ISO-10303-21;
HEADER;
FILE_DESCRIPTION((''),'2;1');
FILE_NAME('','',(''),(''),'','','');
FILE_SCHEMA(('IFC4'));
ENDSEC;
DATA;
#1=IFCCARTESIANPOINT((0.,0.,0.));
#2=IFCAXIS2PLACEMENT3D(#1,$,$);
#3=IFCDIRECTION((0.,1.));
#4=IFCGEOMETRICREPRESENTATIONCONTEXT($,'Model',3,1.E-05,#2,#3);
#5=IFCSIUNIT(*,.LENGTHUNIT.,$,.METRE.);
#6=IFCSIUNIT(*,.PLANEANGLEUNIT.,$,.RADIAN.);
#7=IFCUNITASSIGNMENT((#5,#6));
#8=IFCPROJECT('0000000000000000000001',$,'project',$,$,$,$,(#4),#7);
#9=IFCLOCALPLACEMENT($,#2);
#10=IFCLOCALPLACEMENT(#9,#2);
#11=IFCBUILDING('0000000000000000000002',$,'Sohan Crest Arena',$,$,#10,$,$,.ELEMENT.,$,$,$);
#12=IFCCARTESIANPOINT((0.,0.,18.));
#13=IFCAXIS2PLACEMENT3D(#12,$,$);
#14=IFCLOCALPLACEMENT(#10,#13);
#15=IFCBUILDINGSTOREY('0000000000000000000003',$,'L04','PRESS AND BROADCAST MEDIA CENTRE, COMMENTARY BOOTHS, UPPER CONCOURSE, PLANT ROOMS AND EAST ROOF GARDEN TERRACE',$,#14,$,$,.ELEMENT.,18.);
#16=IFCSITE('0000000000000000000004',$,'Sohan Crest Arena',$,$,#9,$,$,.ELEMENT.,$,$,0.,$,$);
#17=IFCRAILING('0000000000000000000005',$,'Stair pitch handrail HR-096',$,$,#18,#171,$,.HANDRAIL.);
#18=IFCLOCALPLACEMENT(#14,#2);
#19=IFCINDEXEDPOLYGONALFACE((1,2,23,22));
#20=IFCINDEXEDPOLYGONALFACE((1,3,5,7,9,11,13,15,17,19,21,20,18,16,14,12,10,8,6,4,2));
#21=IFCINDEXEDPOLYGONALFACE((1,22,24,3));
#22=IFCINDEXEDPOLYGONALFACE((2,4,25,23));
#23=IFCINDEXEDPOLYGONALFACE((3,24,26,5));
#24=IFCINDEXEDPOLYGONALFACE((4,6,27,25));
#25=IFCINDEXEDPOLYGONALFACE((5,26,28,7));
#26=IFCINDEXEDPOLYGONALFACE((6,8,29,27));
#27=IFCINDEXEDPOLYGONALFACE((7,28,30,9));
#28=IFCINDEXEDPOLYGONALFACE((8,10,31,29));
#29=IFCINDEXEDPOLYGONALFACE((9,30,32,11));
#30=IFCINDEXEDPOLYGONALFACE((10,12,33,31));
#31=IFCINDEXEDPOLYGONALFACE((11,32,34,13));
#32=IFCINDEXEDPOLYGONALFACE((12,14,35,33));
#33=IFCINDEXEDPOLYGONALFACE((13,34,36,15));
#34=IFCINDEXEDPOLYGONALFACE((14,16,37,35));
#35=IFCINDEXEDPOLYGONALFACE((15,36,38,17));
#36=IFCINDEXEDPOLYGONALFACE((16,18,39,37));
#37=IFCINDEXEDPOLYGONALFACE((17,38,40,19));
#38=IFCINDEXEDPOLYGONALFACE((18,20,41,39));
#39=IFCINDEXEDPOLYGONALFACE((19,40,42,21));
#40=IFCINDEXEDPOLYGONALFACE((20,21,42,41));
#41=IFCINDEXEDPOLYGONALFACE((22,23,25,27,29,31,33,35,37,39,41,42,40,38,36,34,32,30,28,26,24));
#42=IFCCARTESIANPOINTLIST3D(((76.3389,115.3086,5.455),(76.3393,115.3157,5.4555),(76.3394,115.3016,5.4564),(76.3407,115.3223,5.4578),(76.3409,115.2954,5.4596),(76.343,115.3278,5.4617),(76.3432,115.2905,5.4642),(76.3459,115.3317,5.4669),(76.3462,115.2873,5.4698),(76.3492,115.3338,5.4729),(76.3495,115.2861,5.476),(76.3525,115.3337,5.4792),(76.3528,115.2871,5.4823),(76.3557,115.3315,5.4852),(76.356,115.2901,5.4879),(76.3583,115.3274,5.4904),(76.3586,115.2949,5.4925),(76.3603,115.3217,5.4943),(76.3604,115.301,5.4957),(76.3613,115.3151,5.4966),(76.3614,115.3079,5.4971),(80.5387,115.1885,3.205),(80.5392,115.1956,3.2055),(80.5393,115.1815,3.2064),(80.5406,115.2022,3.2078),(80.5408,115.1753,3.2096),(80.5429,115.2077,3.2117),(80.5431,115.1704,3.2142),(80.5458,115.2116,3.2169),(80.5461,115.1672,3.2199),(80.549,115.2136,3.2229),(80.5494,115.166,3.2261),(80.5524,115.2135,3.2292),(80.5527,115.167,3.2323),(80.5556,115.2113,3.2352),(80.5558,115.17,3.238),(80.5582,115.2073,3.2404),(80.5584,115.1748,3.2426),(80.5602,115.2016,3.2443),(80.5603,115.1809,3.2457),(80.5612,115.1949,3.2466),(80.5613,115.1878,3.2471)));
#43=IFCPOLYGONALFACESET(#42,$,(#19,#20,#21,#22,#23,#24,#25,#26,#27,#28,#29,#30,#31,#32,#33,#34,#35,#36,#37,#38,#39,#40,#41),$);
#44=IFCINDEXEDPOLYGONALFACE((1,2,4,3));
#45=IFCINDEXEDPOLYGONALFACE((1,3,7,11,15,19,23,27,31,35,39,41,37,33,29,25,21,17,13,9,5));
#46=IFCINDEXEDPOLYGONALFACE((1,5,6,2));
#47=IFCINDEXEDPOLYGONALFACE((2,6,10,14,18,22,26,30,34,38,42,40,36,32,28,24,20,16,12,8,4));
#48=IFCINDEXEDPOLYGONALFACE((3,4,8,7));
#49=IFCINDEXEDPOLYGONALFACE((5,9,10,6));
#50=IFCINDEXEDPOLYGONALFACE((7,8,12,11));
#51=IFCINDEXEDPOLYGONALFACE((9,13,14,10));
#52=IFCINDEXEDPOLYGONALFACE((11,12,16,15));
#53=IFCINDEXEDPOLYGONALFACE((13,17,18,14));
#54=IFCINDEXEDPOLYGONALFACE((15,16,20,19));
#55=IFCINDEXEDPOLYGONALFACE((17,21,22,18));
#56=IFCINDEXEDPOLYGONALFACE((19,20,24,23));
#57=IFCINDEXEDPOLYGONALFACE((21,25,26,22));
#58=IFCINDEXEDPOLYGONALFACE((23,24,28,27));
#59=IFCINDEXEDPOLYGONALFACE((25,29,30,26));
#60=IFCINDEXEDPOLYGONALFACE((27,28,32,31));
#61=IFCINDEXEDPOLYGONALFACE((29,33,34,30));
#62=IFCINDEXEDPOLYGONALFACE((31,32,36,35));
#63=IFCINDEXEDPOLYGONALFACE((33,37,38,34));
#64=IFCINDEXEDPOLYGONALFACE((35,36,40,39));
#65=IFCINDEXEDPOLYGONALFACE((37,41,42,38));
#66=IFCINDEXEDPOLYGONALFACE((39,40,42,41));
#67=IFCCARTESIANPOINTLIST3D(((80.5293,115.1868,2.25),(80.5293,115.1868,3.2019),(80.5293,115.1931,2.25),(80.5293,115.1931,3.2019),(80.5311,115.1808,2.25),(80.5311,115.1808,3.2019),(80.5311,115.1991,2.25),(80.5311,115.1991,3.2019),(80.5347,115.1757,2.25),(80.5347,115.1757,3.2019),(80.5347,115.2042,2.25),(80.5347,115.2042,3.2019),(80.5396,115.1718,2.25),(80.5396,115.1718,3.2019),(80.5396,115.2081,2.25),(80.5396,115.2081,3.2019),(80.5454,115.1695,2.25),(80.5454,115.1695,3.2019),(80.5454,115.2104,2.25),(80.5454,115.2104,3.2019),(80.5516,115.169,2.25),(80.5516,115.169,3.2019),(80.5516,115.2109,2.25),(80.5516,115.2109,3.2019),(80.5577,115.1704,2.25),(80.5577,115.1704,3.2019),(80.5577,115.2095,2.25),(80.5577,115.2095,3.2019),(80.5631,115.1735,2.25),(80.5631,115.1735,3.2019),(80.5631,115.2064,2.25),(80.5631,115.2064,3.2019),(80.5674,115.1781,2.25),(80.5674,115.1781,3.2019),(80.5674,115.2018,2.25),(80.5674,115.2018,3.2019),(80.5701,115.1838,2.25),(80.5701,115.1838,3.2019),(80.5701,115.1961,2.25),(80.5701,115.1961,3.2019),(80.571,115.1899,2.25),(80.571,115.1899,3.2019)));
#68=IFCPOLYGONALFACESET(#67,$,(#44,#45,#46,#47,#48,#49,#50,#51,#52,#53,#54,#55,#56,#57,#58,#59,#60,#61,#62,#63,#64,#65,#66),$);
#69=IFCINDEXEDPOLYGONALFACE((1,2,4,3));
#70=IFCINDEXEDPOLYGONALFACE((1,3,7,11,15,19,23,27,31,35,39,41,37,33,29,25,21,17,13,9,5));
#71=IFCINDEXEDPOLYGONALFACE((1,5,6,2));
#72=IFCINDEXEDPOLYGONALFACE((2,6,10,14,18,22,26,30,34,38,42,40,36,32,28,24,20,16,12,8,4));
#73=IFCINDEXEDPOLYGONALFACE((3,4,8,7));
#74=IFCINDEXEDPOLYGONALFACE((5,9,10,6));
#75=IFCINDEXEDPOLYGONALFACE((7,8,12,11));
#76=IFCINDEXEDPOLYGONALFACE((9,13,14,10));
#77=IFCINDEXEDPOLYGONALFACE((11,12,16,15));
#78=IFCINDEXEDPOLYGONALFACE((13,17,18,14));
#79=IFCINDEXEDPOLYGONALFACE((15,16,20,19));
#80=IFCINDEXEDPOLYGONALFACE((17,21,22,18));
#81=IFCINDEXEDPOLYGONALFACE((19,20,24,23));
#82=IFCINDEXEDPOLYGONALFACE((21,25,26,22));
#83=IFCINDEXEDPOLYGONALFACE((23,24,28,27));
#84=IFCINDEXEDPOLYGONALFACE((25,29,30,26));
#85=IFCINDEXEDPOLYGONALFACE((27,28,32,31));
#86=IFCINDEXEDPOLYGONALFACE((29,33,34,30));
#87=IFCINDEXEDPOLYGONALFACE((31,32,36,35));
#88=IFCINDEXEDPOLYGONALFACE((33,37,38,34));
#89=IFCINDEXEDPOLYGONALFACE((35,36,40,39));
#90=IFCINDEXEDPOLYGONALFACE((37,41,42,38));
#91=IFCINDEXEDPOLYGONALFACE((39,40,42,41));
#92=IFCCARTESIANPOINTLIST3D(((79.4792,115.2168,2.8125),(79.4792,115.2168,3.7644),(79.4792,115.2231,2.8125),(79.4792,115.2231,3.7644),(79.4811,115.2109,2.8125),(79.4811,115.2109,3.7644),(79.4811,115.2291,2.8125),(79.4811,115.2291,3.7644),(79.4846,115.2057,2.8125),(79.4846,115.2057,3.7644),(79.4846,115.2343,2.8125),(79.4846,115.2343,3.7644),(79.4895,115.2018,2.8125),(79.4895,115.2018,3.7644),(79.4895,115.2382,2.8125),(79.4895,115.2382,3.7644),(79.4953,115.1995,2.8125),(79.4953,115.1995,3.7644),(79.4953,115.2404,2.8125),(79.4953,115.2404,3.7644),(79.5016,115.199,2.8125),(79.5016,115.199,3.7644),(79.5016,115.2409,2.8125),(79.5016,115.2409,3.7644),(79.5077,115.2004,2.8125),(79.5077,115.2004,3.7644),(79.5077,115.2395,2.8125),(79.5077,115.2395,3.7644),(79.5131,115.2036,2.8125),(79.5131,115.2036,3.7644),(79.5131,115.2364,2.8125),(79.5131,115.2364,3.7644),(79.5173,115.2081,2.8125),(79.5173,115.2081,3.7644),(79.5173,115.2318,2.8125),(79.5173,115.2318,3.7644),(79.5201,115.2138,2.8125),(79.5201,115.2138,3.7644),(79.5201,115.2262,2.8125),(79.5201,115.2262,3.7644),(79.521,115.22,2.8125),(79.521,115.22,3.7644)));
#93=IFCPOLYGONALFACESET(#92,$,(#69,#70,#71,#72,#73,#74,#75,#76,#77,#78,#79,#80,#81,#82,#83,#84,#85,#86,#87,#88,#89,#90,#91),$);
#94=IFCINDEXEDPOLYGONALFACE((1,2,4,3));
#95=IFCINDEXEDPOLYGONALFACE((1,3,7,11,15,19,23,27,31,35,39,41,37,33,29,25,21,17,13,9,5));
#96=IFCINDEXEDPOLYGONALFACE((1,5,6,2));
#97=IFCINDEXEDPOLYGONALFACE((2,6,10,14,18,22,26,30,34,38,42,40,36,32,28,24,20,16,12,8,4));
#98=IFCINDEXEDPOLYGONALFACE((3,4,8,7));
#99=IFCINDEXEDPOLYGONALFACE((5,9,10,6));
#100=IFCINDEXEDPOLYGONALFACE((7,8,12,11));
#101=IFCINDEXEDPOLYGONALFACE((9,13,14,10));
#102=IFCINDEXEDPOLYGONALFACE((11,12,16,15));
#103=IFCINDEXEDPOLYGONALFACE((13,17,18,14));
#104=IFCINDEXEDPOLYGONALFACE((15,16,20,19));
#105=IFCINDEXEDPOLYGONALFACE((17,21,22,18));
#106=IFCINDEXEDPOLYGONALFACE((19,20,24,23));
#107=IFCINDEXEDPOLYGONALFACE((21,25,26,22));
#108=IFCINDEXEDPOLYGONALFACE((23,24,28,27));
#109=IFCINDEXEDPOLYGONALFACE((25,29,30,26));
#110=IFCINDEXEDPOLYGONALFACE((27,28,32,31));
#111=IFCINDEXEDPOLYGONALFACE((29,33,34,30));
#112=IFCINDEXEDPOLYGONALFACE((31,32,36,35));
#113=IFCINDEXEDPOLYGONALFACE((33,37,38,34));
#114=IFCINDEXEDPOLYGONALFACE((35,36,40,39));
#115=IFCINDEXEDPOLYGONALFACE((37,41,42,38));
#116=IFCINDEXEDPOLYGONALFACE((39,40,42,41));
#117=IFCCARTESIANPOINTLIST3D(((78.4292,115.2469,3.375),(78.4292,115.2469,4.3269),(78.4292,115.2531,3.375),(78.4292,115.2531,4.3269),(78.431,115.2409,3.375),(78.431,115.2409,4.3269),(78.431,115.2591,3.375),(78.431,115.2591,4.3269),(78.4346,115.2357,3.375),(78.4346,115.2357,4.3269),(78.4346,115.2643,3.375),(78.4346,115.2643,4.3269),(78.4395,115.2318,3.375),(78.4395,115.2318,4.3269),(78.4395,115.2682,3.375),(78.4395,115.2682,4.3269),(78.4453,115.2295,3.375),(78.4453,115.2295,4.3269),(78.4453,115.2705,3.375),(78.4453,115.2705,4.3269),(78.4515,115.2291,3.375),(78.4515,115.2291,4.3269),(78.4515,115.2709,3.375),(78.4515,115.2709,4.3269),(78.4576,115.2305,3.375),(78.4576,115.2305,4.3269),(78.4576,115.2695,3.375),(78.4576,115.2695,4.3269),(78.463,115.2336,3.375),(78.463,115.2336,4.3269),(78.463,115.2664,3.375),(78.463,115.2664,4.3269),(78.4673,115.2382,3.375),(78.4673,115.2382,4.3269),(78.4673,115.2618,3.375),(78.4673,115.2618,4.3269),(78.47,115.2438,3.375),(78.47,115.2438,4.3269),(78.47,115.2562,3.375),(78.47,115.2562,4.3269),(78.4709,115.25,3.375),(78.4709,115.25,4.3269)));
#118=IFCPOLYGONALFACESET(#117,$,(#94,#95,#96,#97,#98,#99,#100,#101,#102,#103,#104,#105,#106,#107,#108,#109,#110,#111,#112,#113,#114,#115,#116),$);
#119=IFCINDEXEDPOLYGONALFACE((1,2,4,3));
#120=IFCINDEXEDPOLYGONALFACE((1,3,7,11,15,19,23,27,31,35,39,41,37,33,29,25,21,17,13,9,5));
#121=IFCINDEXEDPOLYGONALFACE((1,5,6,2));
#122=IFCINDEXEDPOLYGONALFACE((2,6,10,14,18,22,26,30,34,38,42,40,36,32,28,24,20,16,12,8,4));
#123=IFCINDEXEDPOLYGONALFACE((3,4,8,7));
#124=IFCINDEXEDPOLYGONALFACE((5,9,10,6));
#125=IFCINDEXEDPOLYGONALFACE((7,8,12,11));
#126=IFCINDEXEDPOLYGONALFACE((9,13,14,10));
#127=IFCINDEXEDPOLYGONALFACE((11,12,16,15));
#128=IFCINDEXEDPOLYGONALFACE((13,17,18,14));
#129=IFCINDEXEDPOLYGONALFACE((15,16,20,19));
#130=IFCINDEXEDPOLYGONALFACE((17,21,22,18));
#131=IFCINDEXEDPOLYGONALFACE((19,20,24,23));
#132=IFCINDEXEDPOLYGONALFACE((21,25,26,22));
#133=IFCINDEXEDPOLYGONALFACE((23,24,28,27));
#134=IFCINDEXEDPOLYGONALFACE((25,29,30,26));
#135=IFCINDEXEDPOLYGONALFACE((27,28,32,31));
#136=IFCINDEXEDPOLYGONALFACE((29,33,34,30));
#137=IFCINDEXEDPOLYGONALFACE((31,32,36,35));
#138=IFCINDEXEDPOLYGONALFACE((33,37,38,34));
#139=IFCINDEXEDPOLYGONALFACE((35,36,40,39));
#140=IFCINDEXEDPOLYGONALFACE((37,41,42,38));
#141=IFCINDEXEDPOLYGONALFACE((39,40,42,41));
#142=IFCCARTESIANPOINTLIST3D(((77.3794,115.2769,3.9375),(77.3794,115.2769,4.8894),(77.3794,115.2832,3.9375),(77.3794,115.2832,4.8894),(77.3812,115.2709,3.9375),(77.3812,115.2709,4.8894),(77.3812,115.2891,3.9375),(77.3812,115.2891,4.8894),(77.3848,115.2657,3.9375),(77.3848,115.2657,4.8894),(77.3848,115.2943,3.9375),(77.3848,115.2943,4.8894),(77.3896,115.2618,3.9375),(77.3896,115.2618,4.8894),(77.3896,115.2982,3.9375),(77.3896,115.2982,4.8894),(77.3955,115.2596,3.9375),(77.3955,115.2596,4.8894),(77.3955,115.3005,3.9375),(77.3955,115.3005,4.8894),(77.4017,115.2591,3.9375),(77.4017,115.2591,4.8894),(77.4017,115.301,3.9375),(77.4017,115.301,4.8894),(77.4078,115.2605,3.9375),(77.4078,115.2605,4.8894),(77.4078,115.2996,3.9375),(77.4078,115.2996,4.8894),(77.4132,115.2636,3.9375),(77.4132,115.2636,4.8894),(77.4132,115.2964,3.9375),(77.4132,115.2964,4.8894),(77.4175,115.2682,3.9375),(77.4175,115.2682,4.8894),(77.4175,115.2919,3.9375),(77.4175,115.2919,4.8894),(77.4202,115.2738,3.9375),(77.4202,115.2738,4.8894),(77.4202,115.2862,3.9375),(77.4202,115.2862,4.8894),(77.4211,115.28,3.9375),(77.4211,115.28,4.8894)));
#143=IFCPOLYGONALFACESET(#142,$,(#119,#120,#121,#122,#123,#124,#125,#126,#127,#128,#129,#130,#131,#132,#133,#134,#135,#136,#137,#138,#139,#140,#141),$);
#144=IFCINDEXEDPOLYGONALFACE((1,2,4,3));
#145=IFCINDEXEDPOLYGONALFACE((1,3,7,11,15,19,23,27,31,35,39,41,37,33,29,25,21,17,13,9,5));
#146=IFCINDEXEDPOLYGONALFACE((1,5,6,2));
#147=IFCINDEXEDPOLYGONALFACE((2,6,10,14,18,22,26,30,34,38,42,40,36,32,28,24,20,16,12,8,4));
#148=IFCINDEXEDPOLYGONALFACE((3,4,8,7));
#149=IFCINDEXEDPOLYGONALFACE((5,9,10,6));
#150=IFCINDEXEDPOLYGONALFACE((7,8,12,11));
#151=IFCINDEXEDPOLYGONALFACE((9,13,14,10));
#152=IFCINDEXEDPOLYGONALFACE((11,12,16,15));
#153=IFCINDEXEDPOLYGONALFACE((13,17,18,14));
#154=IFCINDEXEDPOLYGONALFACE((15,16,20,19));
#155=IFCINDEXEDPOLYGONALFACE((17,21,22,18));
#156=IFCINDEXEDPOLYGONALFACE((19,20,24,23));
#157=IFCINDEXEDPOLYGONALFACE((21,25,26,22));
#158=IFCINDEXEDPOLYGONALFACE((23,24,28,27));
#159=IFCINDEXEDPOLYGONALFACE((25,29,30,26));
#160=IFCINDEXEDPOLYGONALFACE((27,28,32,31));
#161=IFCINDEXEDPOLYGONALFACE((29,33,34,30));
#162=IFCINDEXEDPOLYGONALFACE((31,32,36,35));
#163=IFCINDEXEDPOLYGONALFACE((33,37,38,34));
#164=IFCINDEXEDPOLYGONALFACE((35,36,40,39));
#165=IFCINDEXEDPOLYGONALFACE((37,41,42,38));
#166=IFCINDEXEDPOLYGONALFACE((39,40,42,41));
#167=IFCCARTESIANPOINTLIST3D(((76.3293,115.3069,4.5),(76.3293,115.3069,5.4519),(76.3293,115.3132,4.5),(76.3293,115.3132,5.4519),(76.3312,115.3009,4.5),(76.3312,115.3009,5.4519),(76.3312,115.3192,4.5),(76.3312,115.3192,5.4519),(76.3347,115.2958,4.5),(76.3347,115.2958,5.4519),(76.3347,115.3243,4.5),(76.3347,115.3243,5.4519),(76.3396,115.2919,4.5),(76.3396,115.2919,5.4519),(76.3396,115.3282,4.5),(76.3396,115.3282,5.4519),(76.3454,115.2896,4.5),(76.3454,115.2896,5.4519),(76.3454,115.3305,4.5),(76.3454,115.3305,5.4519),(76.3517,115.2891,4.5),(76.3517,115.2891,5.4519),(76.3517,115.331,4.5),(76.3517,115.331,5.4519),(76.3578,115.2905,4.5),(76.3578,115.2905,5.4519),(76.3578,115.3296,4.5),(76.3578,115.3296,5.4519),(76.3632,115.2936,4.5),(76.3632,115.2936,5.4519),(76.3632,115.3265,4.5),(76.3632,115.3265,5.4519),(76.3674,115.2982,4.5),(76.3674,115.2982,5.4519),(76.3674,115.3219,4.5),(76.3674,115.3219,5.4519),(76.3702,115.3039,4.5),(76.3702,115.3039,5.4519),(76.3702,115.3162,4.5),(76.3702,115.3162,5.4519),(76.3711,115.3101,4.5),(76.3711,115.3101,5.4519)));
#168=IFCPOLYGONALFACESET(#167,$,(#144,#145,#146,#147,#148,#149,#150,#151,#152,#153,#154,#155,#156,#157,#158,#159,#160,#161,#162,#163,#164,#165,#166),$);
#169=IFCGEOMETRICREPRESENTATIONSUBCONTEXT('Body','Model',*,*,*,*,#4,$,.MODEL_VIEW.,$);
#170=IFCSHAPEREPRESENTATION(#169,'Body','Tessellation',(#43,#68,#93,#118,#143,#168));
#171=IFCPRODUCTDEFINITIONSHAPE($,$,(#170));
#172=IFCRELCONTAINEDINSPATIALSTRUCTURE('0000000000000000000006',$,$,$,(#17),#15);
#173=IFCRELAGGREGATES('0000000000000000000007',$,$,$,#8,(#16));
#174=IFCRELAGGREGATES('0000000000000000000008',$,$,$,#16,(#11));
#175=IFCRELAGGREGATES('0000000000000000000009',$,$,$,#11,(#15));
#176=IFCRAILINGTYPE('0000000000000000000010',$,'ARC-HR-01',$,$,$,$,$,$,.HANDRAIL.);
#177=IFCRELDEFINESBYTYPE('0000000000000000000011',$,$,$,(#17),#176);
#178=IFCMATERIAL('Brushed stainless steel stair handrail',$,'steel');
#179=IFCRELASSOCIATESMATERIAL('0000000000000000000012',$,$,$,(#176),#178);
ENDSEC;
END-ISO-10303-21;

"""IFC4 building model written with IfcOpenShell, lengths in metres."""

from ifc_helpers import new_model, si_unit, direction, frame, origin, origin_2d, place, context, subcontext, project, spatial, circle, extrude, material, type_object, element, save


model = new_model("IFC4")

# Units and contexts
model_context = context("Model", 3, precision=1e-05, world=origin(), true_north=direction((0.0, 1.0)))
body_context = subcontext(model_context, "Body", "Model", "MODEL_VIEW")
ifc_project = project(units=[si_unit("LENGTHUNIT", "METRE"), si_unit("PLANEANGLEUNIT", "RADIAN")], contexts=[model_context])

# Site, building, storey
site_placement = place(None, origin())
site = spatial("IfcSite", under=ifc_project, at=site_placement, Name="Sohan Crest Arena", CompositionType="ELEMENT", RefElevation=0.0)
building_placement = place(site_placement, origin())
building = spatial("IfcBuilding", under=site, at=building_placement, Name="Sohan Crest Arena", CompositionType="ELEMENT")
storey_placement = place(building_placement, frame((0.0, 0.0, 18.0)))
storey = spatial("IfcBuildingStorey", under=building, at=storey_placement, Name="L04", Description="PRESS AND BROADCAST MEDIA CENTRE, COMMENTARY BOOTHS, UPPER CONCOURSE, PLANT ROOMS AND EAST ROOF GARDEN TERRACE", CompositionType="ELEMENT", Elevation=18.0)

# Railing
ifc_material_1 = material(Name="Brushed stainless steel stair handrail", Category="steel")
railing_type_1 = type_object("IfcRailingType", Name="ARC-HR-01", PredefinedType="HANDRAIL", material=ifc_material_1)
railing_1_placement = place(storey_placement, frame((80.55, 115.1899, 2.25)))
element("IfcRailing", 1, at=railing_1_placement, inside=storey, type_object=railing_type_1, Name="Stair pitch handrail HR-096", PredefinedType="HANDRAIL", context=body_context, shape_type="SweptSolid", body=[
    extrude(circle(Radius=0.0239, at=origin_2d()), frame((0.0, 0.0, 0.9761), z_axis=(-0.881198, 0.025202, 0.472076), x_axis=(-0.028588, -0.999591, 0.0)), (0.0, 0.0, 1.0), 4.7661),
    extrude(circle(Radius=0.021, at=origin_2d()), origin(), (0.0, 0.0, 1.0), 0.9519),
    extrude(circle(Radius=0.021, at=origin_2d()), frame((-1.05, 0.03, 0.5625)), (0.0, 0.0, 1.0), 0.9519),
    extrude(circle(Radius=0.021, at=origin_2d()), frame((-2.1001, 0.0601, 1.125)), (0.0, 0.0, 1.0), 0.9519),
    extrude(circle(Radius=0.021, at=origin_2d()), frame((-3.1499, 0.0901, 1.6875)), (0.0, 0.0, 1.0), 0.9519),
    extrude(circle(Radius=0.021, at=origin_2d()), frame((-4.2, 0.1201, 2.25)), (0.0, 0.0, 1.0), 0.9519),
])

save(model, "model.ifc")
